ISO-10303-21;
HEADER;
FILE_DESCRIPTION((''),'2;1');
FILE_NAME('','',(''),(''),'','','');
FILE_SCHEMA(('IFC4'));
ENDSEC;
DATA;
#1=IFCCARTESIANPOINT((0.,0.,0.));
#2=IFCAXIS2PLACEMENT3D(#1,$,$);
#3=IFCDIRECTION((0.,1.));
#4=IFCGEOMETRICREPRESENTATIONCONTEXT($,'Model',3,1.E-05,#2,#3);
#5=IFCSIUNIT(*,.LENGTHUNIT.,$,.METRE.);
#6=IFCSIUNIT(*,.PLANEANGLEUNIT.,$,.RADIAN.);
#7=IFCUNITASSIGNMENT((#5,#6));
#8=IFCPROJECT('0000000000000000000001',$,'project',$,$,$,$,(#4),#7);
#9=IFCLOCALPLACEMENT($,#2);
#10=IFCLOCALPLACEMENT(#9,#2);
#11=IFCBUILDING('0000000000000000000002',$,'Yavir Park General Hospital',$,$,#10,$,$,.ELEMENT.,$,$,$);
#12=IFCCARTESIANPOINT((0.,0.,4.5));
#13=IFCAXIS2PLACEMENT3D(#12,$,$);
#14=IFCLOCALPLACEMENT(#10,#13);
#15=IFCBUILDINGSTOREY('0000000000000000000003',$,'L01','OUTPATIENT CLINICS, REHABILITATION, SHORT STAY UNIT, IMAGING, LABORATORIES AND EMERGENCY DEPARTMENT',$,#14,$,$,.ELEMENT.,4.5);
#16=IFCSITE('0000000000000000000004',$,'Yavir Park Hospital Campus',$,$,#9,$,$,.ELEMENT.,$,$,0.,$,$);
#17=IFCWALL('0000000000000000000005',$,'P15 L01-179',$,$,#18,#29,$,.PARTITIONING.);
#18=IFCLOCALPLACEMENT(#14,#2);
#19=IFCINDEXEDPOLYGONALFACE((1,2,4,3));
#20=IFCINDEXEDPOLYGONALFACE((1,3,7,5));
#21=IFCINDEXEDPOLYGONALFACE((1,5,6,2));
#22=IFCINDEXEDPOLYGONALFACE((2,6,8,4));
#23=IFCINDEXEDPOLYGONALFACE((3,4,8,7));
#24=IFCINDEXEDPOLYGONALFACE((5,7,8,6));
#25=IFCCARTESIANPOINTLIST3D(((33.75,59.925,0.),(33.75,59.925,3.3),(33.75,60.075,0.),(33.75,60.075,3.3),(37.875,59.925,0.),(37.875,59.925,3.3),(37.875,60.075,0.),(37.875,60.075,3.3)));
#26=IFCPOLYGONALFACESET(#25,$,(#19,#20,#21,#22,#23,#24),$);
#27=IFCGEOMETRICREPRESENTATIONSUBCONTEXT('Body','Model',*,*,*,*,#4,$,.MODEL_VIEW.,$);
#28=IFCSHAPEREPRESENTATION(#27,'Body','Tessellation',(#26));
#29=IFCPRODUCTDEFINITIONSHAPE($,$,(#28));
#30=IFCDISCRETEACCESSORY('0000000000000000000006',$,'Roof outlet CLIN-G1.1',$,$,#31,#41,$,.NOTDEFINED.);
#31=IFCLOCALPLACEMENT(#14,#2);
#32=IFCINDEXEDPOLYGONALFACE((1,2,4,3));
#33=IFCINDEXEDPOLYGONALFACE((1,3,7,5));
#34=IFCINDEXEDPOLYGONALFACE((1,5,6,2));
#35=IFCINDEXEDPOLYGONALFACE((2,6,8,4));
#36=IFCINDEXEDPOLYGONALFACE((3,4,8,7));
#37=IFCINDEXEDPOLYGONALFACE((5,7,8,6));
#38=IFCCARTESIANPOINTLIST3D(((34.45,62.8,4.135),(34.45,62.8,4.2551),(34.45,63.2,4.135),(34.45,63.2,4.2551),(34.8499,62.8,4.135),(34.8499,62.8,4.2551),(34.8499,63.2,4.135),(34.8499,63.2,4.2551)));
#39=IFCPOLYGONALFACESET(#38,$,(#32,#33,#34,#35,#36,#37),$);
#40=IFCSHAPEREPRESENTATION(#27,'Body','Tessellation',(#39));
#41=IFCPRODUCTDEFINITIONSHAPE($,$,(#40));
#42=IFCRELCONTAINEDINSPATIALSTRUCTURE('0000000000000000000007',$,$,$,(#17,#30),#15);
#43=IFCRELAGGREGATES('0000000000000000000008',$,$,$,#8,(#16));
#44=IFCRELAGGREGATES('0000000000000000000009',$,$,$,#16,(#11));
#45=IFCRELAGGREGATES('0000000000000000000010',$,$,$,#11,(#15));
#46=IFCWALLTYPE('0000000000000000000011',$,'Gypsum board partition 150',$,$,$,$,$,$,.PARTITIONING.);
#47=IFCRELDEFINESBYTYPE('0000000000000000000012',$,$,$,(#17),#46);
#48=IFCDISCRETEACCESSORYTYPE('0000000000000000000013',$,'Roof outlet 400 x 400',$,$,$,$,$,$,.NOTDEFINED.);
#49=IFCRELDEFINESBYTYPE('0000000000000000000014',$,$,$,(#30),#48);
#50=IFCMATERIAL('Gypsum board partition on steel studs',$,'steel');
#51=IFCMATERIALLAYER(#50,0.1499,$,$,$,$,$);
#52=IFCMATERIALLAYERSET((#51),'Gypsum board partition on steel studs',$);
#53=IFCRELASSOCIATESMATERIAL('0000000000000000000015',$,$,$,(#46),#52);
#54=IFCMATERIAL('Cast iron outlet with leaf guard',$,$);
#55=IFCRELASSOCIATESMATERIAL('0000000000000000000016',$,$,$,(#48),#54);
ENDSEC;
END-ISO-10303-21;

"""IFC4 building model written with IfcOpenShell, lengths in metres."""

from ifc_helpers import new_model, si_unit, direction, frame, frame_2d, origin, origin_2d, place, context, subcontext, project, spatial, rectangle, extrude, material, layer, layer_set, type_object, element, save


model = new_model("IFC4")

# Units and contexts
model_context = context("Model", 3, precision=1e-05, world=origin(), true_north=direction((0.0, 1.0)))
body_context = subcontext(model_context, "Body", "Model", "MODEL_VIEW")
ifc_project = project(units=[si_unit("LENGTHUNIT", "METRE"), si_unit("PLANEANGLEUNIT", "RADIAN")], contexts=[model_context])

# Site, building, storey
site_placement = place(None, origin())
site = spatial("IfcSite", under=ifc_project, at=site_placement, Name="Yavir Park Hospital Campus", CompositionType="ELEMENT", RefElevation=0.0)
building_placement = place(site_placement, origin())
building = spatial("IfcBuilding", under=site, at=building_placement, Name="Yavir Park General Hospital", CompositionType="ELEMENT")
storey_placement = place(building_placement, frame((0.0, 0.0, 4.5)))
storey = spatial("IfcBuildingStorey", under=building, at=storey_placement, Name="L01", Description="OUTPATIENT CLINICS, REHABILITATION, SHORT STAY UNIT, IMAGING, LABORATORIES AND EMERGENCY DEPARTMENT", CompositionType="ELEMENT", Elevation=4.5)

# Wall
ifc_material_1 = material(Name="Gypsum board partition on steel studs", Category="steel")
ifc_layer_1 = layer(ifc_material_1, 0.1499)
ifc_layer_set_1 = layer_set([ifc_layer_1], Name="Gypsum board partition on steel studs")
wall_type_1 = type_object("IfcWallType", Name="Gypsum board partition 150", PredefinedType="PARTITIONING", material=ifc_layer_set_1)
wall_1_placement = place(storey_placement, frame((33.75, 60.0, 0.0), z_axis=(0.0, 0.0, 1.0), x_axis=(1.0, 0.0, 0.0)))
element("IfcWall", 1, at=wall_1_placement, inside=storey, type_object=wall_type_1, Name="P15 L01-179", PredefinedType="PARTITIONING", context=body_context, shape_type="SweptSolid", body=[
    extrude(rectangle(XDim=4.125, YDim=0.1499, at=frame_2d((2.0625, 0.0))), origin(), (0.0, 0.0, 1.0), 3.3),
])

# Discrete accessory
ifc_material_2 = material(Name="Cast iron outlet with leaf guard")
discrete_accessory_type = type_object("IfcDiscreteAccessoryType", Name="Roof outlet 400 x 400", PredefinedType="NOTDEFINED", material=ifc_material_2)
discrete_accessory_placement = place(storey_placement, frame((34.6499, 63.0, 4.135), z_axis=(0.0, 0.0, 1.0), x_axis=(1.0, 0.0, 0.0)))
element("IfcDiscreteAccessory", 2, at=discrete_accessory_placement, inside=storey, type_object=discrete_accessory_type, Name="Roof outlet CLIN-G1.1", PredefinedType="NOTDEFINED", context=body_context, shape_type="SweptSolid", body=[
    extrude(rectangle(XDim=0.3999, YDim=0.3999, at=origin_2d()), origin(), (0.0, 0.0, 1.0), 0.1201),
])

save(model, "model.ifc")
